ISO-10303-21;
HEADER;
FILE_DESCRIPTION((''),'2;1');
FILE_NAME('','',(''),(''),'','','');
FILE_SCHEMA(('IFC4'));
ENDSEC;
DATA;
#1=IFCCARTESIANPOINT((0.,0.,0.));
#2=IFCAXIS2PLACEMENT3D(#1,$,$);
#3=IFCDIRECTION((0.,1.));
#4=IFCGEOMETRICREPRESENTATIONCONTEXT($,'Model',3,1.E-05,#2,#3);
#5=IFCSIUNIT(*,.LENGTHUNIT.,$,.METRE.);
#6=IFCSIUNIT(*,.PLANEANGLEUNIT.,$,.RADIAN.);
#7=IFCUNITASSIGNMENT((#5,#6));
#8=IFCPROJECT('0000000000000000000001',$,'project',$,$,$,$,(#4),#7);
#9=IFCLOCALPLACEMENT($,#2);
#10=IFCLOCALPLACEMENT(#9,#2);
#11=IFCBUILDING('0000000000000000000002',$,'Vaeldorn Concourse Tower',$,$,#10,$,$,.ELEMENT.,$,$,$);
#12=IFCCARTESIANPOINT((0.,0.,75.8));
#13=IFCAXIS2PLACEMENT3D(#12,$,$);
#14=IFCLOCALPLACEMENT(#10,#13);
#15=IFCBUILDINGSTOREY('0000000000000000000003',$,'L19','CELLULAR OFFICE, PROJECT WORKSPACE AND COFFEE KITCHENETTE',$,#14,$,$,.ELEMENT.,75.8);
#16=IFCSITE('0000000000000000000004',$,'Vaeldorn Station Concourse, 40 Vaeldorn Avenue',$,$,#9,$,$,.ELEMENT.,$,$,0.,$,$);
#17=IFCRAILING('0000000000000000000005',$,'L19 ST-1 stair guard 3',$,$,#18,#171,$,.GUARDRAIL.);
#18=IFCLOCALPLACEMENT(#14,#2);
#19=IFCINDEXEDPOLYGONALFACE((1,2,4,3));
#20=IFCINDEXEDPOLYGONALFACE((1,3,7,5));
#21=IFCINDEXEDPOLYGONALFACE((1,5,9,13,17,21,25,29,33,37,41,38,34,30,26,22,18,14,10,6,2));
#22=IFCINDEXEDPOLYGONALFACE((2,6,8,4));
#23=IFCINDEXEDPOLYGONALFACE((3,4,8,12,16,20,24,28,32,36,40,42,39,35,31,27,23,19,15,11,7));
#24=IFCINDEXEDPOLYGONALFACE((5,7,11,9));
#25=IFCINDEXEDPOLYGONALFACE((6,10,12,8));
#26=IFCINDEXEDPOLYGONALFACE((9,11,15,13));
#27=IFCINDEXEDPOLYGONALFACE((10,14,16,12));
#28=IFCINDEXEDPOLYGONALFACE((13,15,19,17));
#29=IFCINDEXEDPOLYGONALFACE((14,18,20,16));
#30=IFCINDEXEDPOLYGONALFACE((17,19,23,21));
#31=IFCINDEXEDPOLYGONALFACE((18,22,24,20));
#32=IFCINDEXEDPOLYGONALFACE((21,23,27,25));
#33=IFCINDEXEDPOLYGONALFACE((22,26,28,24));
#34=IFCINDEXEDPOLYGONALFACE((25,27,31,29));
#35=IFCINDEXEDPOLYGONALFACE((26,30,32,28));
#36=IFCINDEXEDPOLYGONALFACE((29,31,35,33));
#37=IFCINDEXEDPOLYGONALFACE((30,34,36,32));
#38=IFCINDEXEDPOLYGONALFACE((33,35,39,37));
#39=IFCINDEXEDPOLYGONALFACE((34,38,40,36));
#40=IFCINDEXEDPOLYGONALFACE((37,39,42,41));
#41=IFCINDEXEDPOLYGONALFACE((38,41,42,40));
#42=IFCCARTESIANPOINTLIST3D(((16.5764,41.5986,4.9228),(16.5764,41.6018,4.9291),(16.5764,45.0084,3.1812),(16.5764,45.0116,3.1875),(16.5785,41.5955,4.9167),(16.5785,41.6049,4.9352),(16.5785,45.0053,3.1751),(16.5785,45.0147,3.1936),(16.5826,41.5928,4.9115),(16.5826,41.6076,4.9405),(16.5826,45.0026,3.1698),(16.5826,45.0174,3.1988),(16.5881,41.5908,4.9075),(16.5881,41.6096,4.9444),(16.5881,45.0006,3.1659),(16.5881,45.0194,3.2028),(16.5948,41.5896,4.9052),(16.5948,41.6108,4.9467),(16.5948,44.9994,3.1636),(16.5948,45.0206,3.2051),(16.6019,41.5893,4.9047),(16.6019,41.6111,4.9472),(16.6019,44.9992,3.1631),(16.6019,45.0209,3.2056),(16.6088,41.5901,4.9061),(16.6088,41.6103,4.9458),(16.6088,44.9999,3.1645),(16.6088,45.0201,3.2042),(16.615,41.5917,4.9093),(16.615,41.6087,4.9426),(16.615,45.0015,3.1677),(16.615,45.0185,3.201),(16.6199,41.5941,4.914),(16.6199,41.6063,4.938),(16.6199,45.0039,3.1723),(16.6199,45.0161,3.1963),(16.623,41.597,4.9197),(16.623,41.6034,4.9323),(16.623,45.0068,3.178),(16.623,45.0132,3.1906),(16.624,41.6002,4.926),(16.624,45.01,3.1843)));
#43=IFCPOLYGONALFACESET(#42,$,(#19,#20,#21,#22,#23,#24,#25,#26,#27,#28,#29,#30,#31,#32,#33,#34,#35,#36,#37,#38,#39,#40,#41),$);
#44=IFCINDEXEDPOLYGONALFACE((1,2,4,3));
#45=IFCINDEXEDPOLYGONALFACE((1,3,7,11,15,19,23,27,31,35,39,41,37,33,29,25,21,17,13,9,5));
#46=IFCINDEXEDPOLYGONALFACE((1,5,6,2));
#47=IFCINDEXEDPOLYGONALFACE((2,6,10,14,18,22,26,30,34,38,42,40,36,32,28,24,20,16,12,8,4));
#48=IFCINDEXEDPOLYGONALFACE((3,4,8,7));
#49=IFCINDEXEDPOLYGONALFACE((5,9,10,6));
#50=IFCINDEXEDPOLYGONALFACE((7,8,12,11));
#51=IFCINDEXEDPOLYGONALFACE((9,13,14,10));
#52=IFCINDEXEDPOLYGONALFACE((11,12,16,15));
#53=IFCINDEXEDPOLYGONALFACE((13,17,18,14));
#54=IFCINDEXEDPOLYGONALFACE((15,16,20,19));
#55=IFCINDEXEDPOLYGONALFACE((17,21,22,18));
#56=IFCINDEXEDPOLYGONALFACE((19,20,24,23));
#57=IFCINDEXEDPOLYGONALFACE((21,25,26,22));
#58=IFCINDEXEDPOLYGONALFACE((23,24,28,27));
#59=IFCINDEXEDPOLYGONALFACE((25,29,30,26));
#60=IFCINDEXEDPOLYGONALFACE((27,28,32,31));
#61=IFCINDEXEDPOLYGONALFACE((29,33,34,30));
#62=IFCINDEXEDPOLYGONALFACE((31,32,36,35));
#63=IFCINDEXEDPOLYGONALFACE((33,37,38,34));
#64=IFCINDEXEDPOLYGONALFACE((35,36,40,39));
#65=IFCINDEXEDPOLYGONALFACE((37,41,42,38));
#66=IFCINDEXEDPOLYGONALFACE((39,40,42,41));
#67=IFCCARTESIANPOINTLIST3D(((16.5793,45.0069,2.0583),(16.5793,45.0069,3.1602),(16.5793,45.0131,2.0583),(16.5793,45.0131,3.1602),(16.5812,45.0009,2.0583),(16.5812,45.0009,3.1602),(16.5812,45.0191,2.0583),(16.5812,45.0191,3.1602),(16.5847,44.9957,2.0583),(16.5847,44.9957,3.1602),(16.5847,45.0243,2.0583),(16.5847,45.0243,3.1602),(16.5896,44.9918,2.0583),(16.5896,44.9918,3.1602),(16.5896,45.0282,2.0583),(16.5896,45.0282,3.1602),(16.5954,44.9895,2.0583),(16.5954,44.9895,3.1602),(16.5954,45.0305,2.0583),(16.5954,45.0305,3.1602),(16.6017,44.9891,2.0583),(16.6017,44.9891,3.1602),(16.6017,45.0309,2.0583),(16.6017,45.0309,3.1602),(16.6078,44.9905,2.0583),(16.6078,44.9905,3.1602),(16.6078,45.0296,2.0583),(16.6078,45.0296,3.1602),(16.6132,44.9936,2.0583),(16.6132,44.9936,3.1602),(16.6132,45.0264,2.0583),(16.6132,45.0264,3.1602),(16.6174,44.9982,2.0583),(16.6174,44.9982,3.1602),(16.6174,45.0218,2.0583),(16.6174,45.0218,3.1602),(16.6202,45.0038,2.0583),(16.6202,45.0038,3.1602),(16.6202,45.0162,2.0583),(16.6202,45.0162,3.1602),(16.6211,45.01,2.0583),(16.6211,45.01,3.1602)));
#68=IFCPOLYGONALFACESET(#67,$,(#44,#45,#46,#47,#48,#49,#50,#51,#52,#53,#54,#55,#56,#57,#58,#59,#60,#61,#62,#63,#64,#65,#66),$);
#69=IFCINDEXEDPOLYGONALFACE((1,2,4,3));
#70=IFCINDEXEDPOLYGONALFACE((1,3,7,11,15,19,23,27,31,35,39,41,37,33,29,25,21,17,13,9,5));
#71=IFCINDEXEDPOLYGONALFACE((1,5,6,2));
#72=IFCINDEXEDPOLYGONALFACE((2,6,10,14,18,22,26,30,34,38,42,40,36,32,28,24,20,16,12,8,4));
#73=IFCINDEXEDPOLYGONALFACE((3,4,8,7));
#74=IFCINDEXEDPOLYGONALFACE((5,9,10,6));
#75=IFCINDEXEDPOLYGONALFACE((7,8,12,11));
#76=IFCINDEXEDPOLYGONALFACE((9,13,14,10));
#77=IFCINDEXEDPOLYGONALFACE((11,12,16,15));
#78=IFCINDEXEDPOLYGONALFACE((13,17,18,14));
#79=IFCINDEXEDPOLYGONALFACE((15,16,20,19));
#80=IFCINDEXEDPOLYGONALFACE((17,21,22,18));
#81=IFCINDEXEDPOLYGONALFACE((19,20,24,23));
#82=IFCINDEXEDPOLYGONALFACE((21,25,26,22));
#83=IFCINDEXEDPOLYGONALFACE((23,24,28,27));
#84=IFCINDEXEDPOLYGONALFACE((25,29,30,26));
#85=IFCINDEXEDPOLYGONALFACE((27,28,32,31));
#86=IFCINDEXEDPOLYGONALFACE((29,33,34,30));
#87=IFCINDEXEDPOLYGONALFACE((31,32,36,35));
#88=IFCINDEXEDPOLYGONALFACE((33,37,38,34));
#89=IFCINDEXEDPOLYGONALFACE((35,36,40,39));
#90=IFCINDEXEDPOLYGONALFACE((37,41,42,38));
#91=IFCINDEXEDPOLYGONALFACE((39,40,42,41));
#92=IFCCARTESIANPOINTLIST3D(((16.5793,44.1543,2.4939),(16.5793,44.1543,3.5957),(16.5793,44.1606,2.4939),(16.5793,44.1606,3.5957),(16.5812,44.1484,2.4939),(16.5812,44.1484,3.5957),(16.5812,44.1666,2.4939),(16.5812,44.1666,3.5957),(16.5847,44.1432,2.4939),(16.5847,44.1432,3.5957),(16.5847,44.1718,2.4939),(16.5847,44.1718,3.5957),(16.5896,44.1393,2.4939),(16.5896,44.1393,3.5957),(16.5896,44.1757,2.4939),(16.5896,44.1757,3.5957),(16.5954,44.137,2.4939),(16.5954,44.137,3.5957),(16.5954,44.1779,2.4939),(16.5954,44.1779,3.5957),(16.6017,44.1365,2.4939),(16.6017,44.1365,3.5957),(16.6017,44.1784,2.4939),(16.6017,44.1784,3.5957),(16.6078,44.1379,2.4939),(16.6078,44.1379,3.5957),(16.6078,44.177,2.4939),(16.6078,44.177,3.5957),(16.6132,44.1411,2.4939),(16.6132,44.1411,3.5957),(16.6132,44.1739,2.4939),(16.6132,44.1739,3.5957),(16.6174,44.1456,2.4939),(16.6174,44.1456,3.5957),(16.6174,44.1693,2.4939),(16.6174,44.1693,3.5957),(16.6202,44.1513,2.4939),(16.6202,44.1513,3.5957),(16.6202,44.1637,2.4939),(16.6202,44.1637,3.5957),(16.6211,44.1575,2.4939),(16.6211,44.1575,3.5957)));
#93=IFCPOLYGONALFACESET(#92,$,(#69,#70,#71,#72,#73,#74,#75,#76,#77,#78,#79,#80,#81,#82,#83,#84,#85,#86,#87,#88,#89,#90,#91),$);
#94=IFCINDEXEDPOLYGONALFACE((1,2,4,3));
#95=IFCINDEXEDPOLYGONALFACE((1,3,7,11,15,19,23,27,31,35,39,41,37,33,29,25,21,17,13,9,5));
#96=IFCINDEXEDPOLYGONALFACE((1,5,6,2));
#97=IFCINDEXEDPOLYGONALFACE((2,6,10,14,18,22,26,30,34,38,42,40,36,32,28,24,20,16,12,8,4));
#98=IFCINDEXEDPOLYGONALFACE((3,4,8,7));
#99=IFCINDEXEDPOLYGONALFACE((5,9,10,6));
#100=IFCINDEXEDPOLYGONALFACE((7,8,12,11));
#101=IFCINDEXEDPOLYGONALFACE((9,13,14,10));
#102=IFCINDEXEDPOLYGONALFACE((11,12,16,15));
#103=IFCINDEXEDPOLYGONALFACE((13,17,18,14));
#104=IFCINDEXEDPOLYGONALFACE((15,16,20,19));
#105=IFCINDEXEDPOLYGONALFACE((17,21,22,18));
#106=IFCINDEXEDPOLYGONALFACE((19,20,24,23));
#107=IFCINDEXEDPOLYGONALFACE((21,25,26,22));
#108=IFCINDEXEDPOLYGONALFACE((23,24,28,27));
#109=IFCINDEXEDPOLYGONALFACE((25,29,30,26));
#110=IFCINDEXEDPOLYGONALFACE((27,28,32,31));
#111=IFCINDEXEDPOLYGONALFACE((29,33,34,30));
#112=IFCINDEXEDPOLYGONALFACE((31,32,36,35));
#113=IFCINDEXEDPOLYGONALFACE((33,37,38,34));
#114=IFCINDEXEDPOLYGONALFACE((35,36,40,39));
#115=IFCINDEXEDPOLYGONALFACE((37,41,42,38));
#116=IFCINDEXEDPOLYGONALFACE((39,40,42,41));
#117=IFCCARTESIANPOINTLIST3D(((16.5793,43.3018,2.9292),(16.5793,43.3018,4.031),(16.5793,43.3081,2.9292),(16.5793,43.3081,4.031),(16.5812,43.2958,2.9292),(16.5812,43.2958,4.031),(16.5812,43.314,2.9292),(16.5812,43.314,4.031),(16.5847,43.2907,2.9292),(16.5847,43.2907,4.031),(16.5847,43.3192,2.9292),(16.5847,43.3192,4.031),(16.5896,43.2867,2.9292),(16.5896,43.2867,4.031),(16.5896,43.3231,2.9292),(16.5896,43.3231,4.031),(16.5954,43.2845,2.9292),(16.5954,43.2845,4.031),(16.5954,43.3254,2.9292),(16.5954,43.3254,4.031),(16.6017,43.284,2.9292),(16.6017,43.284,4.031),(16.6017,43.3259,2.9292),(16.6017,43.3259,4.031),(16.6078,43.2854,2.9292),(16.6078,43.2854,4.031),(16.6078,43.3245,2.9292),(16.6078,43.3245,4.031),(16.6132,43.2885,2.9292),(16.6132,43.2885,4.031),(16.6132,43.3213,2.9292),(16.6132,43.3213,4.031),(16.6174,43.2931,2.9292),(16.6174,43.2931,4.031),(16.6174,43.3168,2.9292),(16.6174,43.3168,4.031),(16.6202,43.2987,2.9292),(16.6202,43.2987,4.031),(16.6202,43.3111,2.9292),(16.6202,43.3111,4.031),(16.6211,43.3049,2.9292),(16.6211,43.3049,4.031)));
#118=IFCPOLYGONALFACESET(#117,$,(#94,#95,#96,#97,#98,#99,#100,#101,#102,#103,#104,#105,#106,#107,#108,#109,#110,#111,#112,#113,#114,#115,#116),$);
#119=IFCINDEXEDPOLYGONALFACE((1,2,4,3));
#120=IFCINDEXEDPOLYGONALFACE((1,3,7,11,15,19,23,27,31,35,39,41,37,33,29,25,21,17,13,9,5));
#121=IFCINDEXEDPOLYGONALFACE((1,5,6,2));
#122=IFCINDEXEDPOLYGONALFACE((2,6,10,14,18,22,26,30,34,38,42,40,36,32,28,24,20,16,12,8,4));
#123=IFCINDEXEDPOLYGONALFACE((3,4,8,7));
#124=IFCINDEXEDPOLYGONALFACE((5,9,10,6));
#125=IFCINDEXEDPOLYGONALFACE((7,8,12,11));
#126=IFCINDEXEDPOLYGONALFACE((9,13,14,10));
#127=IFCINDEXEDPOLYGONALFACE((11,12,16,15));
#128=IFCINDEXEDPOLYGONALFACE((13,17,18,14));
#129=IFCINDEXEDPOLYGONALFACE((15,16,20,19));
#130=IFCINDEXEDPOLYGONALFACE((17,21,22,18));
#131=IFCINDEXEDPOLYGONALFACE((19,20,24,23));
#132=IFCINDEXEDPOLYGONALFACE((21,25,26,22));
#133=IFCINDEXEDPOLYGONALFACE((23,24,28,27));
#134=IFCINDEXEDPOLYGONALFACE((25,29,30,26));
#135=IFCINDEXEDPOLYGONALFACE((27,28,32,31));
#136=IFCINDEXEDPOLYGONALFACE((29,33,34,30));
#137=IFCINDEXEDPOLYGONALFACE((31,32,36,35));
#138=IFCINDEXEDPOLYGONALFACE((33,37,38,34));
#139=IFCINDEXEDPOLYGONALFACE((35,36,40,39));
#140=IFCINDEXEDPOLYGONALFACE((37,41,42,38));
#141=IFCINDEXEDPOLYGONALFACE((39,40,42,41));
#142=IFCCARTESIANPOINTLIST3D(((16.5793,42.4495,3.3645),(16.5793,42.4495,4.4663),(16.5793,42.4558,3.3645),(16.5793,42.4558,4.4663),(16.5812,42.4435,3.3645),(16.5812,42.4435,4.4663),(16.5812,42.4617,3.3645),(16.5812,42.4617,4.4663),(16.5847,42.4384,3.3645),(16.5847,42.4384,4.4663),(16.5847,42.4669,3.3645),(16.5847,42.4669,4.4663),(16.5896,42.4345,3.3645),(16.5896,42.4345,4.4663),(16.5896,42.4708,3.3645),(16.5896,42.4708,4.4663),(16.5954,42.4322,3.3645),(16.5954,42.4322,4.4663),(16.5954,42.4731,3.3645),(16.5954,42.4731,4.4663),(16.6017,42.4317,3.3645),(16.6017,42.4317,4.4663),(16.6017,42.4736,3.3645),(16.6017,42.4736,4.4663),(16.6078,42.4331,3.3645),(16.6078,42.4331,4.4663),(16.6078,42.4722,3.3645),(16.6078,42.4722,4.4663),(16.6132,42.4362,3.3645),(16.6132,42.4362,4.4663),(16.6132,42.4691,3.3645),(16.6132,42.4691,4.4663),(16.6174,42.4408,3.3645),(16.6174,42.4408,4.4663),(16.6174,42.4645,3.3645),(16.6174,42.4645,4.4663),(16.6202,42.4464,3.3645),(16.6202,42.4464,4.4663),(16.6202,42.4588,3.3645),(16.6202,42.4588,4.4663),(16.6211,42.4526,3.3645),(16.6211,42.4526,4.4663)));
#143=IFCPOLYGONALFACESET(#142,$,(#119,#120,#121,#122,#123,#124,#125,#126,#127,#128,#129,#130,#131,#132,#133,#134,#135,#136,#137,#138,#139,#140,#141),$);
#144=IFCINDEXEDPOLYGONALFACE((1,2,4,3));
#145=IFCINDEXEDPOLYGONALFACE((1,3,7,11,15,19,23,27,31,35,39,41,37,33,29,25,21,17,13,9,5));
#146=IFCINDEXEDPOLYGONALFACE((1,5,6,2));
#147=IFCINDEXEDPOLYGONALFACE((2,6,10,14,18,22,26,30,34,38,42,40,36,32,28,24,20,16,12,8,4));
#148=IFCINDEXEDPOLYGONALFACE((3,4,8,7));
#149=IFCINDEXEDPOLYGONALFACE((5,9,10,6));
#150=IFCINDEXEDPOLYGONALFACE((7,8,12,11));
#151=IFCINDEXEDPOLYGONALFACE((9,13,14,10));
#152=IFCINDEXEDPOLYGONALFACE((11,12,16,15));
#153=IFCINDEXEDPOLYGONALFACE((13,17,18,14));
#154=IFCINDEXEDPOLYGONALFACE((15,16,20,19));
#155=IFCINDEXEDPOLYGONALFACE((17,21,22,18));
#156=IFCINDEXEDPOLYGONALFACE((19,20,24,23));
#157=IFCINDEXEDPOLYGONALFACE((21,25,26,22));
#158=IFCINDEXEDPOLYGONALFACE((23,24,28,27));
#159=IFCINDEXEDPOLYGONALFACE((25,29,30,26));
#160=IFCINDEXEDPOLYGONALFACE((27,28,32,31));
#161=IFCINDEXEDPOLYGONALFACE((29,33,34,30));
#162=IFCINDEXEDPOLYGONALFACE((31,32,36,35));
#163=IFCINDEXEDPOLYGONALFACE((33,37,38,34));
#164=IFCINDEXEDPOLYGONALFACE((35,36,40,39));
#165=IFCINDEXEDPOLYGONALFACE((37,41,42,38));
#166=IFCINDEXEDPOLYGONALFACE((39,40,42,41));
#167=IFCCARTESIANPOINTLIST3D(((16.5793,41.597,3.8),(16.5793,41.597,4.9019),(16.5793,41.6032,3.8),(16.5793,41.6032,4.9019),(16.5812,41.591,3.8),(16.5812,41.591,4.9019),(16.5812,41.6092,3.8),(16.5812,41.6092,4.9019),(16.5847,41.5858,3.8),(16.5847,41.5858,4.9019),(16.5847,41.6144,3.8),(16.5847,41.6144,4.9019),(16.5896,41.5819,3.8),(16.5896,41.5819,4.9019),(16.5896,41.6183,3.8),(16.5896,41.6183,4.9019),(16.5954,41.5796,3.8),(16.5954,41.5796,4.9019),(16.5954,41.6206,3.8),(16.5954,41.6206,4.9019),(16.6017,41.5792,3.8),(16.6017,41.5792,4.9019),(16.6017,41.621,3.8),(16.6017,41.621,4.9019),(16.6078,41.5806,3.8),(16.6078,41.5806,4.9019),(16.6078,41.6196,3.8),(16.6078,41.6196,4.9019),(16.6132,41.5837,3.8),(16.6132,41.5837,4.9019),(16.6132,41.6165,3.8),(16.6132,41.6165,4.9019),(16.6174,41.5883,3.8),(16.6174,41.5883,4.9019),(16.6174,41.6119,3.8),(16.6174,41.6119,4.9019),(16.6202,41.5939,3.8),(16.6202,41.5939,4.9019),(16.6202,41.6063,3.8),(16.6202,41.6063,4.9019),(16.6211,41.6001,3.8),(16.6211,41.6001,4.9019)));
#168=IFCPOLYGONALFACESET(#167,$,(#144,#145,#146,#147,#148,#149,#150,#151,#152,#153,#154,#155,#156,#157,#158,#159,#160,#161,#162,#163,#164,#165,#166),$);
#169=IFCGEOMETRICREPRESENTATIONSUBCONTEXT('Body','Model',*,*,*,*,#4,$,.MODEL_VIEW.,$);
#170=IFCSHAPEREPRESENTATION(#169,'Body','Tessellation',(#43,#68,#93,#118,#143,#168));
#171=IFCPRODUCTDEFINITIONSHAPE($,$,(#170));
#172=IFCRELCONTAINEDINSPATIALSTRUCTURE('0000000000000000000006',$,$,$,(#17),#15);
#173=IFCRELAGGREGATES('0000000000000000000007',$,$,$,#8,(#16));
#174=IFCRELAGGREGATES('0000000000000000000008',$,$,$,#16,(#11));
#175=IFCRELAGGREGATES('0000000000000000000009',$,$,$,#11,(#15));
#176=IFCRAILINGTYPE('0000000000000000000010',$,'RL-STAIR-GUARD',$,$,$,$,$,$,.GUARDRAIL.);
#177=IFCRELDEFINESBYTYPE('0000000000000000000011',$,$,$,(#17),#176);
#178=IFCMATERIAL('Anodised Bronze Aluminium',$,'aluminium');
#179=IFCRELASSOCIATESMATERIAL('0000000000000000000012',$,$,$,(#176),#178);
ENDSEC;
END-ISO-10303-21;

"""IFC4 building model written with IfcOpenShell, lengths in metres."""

from ifc_helpers import new_model, si_unit, direction, frame, origin, origin_2d, place, context, subcontext, project, spatial, circle, extrude, material, type_object, element, save


model = new_model("IFC4")

# Units and contexts
model_context = context("Model", 3, precision=1e-05, world=origin(), true_north=direction((0.0, 1.0)))
body_context = subcontext(model_context, "Body", "Model", "MODEL_VIEW")
ifc_project = project(units=[si_unit("LENGTHUNIT", "METRE"), si_unit("PLANEANGLEUNIT", "RADIAN")], contexts=[model_context])

# Site, building, storey
site_placement = place(None, origin())
site = spatial("IfcSite", under=ifc_project, at=site_placement, Name="Vaeldorn Station Concourse, 40 Vaeldorn Avenue", CompositionType="ELEMENT", RefElevation=0.0)
building_placement = place(site_placement, origin())
building = spatial("IfcBuilding", under=site, at=building_placement, Name="Vaeldorn Concourse Tower", CompositionType="ELEMENT")
storey_placement = place(building_placement, frame((0.0, 0.0, 75.8)))
storey = spatial("IfcBuildingStorey", under=building, at=storey_placement, Name="L19", Description="CELLULAR OFFICE, PROJECT WORKSPACE AND COFFEE KITCHENETTE", CompositionType="ELEMENT", Elevation=75.8)

# Shared definitions
ifc_material_1 = material(Name="Anodised Bronze Aluminium", Category="aluminium")

# Railing
railing_type_1 = type_object("IfcRailingType", Name="RL-STAIR-GUARD", PredefinedType="GUARDRAIL", material=ifc_material_1)
railing_1_placement = place(storey_placement, frame((16.6001, 45.01, 2.0583)))
element("IfcRailing", 1, at=railing_1_placement, inside=storey, type_object=railing_type_1, Name="L19 ST-1 stair guard 3", PredefinedType="GUARDRAIL", context=body_context, shape_type="SweptSolid", body=[
    extrude(circle(Radius=0.0239, at=origin_2d()), frame((0.0, 0.0, 1.126), z_axis=(0.0, -0.890556, 0.454874), x_axis=(1.0, 0.0, 0.0)), (0.0, 0.0, 1.0), 3.8289),
    extrude(circle(Radius=0.021, at=origin_2d()), origin(), (0.0, 0.0, 1.0), 1.1018),
    extrude(circle(Radius=0.021, at=origin_2d()), frame((0.0, -0.8525, 0.4355)), (0.0, 0.0, 1.0), 1.1018),
    extrude(circle(Radius=0.021, at=origin_2d()), frame((0.0, -1.7051, 0.8708)), (0.0, 0.0, 1.0), 1.1018),
    extrude(circle(Radius=0.021, at=origin_2d()), frame((0.0, -2.5574, 1.3062)), (0.0, 0.0, 1.0), 1.1018),
    extrude(circle(Radius=0.021, at=origin_2d()), frame((0.0, -3.4099, 1.7417)), (0.0, 0.0, 1.0), 1.1018),
])

save(model, "model.ifc")
